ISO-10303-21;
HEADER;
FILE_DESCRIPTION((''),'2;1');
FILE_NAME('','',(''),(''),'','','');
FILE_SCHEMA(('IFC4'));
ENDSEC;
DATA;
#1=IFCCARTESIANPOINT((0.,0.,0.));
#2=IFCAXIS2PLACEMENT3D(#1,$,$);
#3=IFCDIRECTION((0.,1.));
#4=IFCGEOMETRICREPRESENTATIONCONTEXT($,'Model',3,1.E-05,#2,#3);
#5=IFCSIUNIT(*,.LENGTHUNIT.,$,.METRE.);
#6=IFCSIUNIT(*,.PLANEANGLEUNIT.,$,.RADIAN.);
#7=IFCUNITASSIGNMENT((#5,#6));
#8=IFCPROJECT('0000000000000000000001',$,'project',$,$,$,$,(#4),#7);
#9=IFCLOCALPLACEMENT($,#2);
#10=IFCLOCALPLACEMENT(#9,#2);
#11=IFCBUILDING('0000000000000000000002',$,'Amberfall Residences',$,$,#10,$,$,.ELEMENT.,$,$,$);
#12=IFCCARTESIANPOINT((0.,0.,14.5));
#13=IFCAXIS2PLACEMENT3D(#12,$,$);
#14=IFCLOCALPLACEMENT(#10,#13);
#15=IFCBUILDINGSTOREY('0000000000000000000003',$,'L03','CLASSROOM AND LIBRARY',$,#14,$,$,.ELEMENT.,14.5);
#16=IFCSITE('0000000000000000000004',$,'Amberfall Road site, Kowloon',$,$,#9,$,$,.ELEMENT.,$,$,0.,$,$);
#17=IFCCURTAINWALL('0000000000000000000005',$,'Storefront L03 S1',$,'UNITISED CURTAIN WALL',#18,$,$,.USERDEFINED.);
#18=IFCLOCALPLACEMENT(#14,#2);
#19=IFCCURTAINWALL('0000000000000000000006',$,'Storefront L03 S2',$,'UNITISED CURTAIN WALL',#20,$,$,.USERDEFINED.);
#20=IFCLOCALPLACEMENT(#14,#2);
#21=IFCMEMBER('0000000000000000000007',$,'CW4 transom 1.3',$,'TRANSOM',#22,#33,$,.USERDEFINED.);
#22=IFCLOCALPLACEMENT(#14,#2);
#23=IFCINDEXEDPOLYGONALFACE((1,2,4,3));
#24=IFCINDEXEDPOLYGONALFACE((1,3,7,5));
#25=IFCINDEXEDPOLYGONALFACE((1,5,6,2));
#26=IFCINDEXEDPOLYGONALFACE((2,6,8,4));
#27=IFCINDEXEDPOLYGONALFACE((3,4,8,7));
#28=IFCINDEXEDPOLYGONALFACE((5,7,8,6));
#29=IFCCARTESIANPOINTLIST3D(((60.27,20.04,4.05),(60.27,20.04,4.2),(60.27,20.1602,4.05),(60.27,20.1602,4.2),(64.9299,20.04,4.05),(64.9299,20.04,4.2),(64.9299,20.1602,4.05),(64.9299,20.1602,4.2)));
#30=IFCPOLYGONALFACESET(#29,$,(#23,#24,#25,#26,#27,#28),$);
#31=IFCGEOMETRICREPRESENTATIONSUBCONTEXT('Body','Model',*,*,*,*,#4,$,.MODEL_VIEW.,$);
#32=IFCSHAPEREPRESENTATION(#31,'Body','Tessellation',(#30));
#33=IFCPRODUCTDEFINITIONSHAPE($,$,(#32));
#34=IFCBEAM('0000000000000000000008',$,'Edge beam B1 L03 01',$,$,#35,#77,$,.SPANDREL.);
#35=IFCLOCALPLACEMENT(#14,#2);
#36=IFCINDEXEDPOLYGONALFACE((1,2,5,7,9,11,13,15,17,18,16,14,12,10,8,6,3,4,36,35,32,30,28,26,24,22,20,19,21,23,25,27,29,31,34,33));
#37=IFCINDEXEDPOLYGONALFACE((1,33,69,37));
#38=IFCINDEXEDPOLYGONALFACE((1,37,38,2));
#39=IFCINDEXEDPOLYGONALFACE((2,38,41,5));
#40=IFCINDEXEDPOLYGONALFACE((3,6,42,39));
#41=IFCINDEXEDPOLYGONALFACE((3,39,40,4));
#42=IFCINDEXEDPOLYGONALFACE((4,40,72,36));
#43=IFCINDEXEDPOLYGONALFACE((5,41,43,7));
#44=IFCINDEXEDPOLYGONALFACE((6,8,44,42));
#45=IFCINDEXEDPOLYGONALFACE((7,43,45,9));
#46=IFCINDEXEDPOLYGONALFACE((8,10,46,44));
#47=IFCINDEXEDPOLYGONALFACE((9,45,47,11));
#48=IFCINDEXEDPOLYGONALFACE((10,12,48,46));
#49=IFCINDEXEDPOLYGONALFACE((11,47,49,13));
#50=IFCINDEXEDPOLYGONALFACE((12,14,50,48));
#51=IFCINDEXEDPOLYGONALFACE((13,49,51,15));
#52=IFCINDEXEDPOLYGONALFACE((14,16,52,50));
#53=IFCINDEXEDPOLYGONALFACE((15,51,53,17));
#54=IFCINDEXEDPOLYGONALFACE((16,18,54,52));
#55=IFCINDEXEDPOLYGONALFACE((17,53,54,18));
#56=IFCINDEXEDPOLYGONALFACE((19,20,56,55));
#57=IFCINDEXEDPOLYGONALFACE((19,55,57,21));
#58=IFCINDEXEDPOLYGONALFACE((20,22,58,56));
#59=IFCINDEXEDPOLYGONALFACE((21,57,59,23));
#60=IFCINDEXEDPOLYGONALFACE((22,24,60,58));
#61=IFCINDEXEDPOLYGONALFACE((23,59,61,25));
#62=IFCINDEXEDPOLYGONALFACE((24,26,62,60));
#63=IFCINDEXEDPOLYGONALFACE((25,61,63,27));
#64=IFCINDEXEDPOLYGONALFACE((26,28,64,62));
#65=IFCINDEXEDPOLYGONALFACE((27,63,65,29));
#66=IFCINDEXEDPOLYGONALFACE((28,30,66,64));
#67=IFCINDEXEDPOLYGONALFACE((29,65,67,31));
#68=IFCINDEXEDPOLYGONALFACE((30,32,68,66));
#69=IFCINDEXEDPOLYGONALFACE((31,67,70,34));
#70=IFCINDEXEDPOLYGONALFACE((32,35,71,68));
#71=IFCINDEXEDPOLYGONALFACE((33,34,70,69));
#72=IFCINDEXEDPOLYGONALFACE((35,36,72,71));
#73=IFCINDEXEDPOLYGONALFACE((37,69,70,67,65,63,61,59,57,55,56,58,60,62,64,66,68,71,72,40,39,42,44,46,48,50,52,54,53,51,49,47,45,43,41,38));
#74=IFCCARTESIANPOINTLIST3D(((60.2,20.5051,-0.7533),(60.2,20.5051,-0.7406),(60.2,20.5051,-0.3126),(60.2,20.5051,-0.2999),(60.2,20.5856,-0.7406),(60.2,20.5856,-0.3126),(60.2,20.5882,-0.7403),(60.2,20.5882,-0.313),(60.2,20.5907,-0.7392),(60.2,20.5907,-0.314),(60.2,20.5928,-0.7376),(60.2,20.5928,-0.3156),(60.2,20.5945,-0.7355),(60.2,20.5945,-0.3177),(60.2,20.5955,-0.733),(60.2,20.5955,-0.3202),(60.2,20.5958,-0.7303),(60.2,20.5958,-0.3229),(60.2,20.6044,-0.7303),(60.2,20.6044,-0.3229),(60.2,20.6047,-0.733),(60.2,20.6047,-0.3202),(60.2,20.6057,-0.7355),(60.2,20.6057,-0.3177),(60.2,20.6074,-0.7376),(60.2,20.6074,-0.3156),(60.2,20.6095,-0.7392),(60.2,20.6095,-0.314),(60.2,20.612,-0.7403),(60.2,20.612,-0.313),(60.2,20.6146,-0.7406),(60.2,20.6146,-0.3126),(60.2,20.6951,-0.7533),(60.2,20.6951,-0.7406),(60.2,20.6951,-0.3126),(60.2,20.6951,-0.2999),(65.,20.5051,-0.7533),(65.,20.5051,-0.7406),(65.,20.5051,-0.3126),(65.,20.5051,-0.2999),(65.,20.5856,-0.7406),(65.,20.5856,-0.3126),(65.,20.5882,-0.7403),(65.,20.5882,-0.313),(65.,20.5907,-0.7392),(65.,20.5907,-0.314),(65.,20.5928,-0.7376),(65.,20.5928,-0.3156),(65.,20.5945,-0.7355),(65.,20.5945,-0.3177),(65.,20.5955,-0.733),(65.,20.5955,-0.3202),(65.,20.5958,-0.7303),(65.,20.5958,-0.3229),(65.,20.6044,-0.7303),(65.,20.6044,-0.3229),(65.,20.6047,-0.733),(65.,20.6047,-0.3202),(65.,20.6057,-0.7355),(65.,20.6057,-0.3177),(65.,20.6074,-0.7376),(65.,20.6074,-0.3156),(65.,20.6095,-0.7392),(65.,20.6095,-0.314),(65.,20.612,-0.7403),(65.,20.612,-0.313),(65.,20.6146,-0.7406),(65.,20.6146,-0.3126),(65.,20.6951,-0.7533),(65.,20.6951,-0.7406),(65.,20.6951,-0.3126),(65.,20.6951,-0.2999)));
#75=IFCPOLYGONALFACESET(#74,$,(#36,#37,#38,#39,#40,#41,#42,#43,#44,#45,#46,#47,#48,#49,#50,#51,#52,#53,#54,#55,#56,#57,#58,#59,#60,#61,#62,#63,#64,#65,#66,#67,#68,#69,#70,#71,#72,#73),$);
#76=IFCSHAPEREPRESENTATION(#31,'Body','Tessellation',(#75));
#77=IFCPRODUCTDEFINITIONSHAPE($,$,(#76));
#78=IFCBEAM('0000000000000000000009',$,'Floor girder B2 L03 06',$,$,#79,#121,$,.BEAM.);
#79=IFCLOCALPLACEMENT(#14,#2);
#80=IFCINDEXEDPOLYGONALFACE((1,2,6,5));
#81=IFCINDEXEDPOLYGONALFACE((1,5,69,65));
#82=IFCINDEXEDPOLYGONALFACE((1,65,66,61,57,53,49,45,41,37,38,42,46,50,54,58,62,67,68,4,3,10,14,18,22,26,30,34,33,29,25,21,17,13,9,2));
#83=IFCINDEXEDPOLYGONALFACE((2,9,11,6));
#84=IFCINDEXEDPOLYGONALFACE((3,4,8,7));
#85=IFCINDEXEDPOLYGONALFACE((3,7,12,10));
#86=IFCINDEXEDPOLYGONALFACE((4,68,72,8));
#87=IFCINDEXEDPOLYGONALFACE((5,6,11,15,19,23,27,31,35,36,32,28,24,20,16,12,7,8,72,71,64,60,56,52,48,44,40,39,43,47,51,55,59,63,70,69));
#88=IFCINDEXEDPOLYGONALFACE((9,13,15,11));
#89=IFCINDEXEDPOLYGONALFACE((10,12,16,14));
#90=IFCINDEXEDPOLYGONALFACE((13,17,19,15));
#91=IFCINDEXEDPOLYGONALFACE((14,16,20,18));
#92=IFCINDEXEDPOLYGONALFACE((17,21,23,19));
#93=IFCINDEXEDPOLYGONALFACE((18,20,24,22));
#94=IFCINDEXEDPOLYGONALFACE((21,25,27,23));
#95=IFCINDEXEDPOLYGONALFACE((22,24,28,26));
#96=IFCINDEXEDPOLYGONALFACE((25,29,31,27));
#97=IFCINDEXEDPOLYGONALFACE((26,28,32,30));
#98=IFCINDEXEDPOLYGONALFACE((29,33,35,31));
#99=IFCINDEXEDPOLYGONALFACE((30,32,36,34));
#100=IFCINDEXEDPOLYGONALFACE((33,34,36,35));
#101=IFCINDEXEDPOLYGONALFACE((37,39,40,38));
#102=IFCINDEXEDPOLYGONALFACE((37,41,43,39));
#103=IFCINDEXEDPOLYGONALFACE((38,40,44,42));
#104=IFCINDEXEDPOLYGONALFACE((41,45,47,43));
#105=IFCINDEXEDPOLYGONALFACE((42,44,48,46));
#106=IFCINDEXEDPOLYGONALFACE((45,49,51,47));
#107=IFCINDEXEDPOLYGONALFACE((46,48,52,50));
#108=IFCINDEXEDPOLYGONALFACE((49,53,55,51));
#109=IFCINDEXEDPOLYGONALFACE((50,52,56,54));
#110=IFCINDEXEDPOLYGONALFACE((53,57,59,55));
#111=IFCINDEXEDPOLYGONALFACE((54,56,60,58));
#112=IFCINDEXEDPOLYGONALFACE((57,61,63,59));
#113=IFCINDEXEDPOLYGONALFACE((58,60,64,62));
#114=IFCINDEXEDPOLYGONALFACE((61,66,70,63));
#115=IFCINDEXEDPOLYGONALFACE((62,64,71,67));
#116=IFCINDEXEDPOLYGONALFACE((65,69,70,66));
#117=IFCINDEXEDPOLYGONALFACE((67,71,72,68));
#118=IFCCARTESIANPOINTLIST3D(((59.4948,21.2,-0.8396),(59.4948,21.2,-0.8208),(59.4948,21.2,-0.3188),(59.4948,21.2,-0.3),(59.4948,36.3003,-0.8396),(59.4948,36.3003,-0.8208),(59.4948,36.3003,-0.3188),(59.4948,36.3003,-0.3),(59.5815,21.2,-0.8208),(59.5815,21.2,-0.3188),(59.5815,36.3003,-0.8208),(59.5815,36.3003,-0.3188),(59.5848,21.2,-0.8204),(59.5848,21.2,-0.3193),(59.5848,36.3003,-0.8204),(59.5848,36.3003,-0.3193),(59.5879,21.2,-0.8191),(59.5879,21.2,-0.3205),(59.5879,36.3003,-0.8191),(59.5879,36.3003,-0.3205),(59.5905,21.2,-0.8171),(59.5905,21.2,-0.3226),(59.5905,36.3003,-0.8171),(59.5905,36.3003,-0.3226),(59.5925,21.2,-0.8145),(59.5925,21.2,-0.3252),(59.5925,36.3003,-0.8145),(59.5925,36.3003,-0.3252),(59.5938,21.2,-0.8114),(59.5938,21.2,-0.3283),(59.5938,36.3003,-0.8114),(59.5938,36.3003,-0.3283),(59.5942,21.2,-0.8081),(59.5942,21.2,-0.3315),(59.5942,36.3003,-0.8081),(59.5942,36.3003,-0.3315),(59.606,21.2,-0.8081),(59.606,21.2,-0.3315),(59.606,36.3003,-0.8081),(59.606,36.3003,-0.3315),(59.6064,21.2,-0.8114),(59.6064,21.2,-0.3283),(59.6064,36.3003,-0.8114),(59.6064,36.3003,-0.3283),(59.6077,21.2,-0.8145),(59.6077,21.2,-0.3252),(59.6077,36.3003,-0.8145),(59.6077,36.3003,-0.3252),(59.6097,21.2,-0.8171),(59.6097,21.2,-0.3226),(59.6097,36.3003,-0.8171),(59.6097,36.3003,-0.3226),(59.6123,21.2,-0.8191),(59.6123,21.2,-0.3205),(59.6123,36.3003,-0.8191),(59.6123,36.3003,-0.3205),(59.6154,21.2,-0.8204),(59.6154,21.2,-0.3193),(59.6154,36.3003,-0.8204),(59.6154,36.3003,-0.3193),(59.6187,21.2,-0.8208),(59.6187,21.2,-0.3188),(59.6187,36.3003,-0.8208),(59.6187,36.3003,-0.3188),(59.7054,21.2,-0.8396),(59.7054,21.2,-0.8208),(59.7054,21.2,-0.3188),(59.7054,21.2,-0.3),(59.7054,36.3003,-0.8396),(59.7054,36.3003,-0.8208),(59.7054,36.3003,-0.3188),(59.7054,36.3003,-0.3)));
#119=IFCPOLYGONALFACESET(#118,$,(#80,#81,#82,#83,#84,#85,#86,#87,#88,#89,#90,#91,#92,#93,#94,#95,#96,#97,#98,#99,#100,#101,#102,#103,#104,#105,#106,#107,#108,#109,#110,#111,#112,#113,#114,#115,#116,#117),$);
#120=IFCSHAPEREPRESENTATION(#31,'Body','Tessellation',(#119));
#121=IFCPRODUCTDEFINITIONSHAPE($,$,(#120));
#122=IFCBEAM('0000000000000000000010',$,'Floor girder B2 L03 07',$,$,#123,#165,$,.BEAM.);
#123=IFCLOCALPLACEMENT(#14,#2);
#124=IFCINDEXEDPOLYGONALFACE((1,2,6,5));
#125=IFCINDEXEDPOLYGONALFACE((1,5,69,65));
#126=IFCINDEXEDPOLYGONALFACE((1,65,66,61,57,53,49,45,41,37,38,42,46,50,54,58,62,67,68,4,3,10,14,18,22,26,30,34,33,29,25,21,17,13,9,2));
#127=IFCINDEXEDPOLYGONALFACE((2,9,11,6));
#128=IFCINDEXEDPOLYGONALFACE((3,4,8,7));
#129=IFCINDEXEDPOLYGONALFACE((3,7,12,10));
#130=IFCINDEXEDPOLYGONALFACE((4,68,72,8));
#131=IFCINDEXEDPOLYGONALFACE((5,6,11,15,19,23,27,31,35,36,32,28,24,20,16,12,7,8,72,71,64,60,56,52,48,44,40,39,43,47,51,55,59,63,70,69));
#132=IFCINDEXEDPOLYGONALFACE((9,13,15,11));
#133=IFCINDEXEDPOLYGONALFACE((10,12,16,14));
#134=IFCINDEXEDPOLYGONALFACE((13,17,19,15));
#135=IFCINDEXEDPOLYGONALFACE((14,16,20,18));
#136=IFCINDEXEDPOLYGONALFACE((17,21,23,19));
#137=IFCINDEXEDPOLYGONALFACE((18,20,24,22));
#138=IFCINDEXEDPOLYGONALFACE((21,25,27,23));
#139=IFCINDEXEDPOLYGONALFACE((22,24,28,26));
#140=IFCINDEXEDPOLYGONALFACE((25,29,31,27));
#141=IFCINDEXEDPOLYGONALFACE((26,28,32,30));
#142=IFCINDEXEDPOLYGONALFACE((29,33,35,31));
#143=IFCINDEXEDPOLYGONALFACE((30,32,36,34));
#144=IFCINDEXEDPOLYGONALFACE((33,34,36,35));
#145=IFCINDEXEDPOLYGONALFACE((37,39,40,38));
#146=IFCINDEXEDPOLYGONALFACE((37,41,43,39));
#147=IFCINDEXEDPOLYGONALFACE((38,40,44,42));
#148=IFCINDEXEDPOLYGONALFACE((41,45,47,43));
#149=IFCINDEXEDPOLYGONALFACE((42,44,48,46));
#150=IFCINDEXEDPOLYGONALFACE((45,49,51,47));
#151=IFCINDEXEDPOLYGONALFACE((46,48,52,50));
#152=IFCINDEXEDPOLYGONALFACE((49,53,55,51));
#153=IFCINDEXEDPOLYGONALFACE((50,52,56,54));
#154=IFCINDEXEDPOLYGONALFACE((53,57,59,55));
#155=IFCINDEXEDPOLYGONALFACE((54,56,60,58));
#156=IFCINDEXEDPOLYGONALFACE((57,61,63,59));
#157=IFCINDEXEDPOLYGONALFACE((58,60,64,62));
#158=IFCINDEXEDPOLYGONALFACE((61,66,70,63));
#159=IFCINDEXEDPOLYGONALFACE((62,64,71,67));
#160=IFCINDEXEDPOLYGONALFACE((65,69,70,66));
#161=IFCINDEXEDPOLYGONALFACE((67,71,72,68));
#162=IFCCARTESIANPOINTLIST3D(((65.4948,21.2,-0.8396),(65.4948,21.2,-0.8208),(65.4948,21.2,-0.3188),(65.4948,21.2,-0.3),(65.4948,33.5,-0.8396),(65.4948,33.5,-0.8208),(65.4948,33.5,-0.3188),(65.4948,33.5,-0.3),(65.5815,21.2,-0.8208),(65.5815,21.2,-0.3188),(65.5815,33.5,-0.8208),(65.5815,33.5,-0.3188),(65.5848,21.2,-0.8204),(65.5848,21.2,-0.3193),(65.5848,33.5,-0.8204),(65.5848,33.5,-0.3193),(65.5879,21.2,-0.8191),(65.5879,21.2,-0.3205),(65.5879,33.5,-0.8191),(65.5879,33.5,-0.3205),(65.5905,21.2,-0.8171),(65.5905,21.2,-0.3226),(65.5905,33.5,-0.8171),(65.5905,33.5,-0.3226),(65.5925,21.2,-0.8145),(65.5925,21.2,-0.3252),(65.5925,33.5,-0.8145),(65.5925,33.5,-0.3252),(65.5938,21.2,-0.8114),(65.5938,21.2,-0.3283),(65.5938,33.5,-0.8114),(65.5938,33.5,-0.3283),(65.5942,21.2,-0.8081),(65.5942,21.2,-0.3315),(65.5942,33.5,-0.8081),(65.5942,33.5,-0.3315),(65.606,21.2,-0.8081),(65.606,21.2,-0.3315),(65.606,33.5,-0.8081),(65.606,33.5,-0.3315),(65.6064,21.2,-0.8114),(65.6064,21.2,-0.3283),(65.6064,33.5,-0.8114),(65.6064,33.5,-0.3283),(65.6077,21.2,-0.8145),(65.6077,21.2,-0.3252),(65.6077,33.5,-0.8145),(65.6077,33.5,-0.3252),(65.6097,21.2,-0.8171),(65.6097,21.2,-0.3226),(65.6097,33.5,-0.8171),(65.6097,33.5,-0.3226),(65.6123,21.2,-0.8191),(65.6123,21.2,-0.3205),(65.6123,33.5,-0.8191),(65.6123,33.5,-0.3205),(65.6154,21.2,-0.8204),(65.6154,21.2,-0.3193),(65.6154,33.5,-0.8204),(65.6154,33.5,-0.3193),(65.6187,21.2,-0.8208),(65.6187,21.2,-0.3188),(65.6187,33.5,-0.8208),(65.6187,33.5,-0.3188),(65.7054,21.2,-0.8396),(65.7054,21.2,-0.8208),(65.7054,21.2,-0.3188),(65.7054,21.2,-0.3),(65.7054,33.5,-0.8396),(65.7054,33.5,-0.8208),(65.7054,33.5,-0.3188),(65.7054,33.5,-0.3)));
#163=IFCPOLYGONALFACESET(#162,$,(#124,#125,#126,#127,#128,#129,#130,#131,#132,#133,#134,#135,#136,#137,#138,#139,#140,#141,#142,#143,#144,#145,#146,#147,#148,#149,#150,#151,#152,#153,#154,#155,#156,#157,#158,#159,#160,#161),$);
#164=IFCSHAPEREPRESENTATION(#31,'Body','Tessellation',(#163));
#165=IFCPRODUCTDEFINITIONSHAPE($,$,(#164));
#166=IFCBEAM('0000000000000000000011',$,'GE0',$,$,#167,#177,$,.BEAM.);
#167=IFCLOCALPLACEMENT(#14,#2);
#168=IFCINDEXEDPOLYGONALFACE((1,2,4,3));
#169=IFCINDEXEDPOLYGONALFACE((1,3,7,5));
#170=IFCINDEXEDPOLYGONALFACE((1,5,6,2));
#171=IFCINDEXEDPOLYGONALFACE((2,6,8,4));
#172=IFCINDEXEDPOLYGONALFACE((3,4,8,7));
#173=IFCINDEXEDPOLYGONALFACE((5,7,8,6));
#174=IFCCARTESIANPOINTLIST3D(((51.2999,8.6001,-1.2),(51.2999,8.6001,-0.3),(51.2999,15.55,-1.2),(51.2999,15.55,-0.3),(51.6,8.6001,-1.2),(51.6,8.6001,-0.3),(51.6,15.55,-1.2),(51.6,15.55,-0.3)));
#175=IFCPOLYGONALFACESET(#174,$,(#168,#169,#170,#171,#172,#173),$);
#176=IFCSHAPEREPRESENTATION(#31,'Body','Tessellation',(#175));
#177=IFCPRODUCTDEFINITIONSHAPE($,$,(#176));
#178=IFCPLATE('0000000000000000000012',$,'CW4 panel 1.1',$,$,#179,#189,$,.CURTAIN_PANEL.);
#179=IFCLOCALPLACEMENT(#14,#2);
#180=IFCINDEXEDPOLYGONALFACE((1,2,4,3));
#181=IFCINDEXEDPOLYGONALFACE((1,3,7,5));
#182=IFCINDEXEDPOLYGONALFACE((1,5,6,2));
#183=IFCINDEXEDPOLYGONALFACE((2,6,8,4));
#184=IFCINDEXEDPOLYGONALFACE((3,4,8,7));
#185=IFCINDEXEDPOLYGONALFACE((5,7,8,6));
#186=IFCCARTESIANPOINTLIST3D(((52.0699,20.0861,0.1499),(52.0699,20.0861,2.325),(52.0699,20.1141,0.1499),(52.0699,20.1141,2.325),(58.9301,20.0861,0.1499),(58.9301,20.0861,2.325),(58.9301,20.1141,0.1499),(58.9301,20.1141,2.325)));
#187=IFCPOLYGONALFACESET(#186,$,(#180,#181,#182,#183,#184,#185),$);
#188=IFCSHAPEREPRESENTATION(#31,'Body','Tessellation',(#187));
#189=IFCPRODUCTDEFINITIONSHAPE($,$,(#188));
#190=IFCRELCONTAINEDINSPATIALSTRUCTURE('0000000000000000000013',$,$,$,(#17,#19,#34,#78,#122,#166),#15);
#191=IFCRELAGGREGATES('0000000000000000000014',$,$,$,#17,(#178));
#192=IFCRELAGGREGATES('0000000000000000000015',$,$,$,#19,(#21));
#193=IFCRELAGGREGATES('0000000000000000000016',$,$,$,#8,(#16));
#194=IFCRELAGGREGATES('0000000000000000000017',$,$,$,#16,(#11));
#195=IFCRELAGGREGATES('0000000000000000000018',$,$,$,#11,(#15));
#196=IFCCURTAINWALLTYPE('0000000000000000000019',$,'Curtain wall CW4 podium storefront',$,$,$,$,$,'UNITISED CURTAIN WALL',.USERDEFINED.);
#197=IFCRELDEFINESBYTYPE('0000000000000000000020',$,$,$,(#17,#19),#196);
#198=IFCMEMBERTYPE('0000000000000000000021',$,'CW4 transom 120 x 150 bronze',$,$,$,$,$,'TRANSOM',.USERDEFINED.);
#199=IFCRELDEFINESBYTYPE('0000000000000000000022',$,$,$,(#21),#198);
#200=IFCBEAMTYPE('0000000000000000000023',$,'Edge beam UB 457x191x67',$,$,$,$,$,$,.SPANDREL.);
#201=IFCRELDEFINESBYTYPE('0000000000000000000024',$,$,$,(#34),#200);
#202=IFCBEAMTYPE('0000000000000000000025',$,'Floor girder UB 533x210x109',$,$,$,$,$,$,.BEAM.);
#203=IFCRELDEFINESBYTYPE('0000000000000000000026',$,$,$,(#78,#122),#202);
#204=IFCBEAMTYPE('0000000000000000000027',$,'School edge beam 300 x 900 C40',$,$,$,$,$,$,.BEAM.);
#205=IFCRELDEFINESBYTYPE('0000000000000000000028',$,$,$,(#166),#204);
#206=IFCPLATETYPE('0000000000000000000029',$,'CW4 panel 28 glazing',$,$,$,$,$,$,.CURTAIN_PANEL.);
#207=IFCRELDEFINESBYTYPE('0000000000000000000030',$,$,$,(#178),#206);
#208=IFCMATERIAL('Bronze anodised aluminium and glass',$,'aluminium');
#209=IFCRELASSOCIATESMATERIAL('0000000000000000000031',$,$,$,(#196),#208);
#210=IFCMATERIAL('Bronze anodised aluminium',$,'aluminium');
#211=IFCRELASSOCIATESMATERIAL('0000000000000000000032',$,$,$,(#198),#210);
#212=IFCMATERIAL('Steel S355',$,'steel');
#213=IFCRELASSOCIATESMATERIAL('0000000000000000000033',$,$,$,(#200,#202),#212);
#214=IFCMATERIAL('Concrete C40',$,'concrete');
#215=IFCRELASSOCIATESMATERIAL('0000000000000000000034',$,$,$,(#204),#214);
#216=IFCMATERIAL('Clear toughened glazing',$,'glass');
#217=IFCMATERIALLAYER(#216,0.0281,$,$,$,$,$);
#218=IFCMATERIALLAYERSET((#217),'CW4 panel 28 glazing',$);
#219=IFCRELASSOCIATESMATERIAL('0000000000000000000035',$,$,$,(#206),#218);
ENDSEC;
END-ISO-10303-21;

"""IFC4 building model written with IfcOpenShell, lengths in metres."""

from ifc_helpers import new_model, si_unit, direction, frame, origin, origin_2d, place, context, subcontext, project, spatial, rectangle, i_section, extrude, material, layer, layer_set, material_profile, profile_set, type_object, element, aggregate, save


model = new_model("IFC4")

# Units and contexts
model_context = context("Model", 3, precision=1e-05, world=origin(), true_north=direction((0.0, 1.0)))
body_context = subcontext(model_context, "Body", "Model", "MODEL_VIEW")
ifc_project = project(units=[si_unit("LENGTHUNIT", "METRE"), si_unit("PLANEANGLEUNIT", "RADIAN")], contexts=[model_context])

# Site, building, storey
site_placement = place(None, origin())
site = spatial("IfcSite", under=ifc_project, at=site_placement, Name="Amberfall Road site, Kowloon", CompositionType="ELEMENT", RefElevation=0.0)
building_placement = place(site_placement, origin())
building = spatial("IfcBuilding", under=site, at=building_placement, Name="Amberfall Residences", CompositionType="ELEMENT")
storey_placement = place(building_placement, frame((0.0, 0.0, 14.5)))
storey = spatial("IfcBuildingStorey", under=building, at=storey_placement, Name="L03", Description="CLASSROOM AND LIBRARY", CompositionType="ELEMENT", Elevation=14.5)

# Shared definitions
ifc_material_1 = material(Name="Concrete C40", Category="concrete")

# Curtain walls
ifc_material_2 = material(Name="Bronze anodised aluminium and glass", Category="aluminium")
curtain_wall_type = type_object("IfcCurtainWallType", Name="Curtain wall CW4 podium storefront", ElementType="UNITISED CURTAIN WALL", PredefinedType="USERDEFINED", material=ifc_material_2)
curtain_wall_1_placement = place(storey_placement, origin())
curtain_wall_1 = element("IfcCurtainWall", 1, at=curtain_wall_1_placement, inside=storey, type_object=curtain_wall_type, Name="Storefront L03 S1", ObjectType="UNITISED CURTAIN WALL", PredefinedType="USERDEFINED")
ifc_material_3 = material(Name="Bronze anodised aluminium", Category="aluminium")
curtain_wall_2_placement = place(storey_placement, origin())
curtain_wall_2 = element("IfcCurtainWall", 2, at=curtain_wall_2_placement, inside=storey, type_object=curtain_wall_type, Name="Storefront L03 S2", ObjectType="UNITISED CURTAIN WALL", PredefinedType="USERDEFINED")

# Member
ifc_material_profile_1 = material_profile(ifc_material_3, rectangle(XDim=0.1201, YDim=0.1499, at=origin_2d()), Name="CW4 transom 120 x 150 bronze")
ifc_profile_set_1 = profile_set([ifc_material_profile_1], Name="Bronze anodised aluminium")
member_type_1 = type_object("IfcMemberType", Name="CW4 transom 120 x 150 bronze", ElementType="TRANSOM", PredefinedType="USERDEFINED", material=ifc_profile_set_1)
member_1_placement = place(storey_placement, frame((60.27, 20.1001, 4.125), z_axis=(1.0, 0.0, 0.0), x_axis=(0.0, 1.0, 0.0)))
member_1 = element("IfcMember", 3, at=member_1_placement, type_object=member_type_1, Name="CW4 transom 1.3", ObjectType="TRANSOM", PredefinedType="USERDEFINED", context=body_context, shape_type="SweptSolid", body=[
    extrude(rectangle(XDim=0.1201, YDim=0.1499, at=origin_2d()), origin(), (0.0, 0.0, 1.0), 4.6599),
])

# Beams
ifc_material_4 = material(Name="Steel S355", Category="steel")
ifc_material_profile_2 = material_profile(ifc_material_4, i_section(OverallWidth=0.1899, OverallDepth=0.4534, WebThickness=0.0085, FlangeThickness=0.0127, FilletRadius=0.0103, at=origin_2d()), Name="UB 457x191x67")
ifc_profile_set_2 = profile_set([ifc_material_profile_2], Name="Steel S355")
beam_type_1 = type_object("IfcBeamType", Name="Edge beam UB 457x191x67", PredefinedType="SPANDREL", material=ifc_profile_set_2)
beam_1_placement = place(storey_placement, frame((60.2, 20.6001, -0.5266), z_axis=(1.0, 0.0, 0.0), x_axis=(0.0, 1.0, 0.0)))
element("IfcBeam", 4, at=beam_1_placement, inside=storey, type_object=beam_type_1, Name="Edge beam B1 L03 01", PredefinedType="SPANDREL", context=body_context, shape_type="SweptSolid", body=[
    extrude(i_section(OverallWidth=0.1899, OverallDepth=0.4534, WebThickness=0.0085, FlangeThickness=0.0127, FilletRadius=0.0103, at=origin_2d()), origin(), (0.0, 0.0, 1.0), 4.8),
])
ifc_material_profile_3 = material_profile(ifc_material_4, i_section(OverallWidth=0.2107, OverallDepth=0.5396, WebThickness=0.0117, FlangeThickness=0.0188, FilletRadius=0.0127, at=origin_2d()), Name="UB 533x210x109")
ifc_profile_set_3 = profile_set([ifc_material_profile_3], Name="Steel S355")
beam_type_2 = type_object("IfcBeamType", Name="Floor girder UB 533x210x109", PredefinedType="BEAM", material=ifc_profile_set_3)
beam_2_placement = place(storey_placement, frame((59.6001, 21.2, -0.5698), z_axis=(0.0, 1.0, 0.0), x_axis=(-1.0, 0.0, 0.0)))
element("IfcBeam", 5, at=beam_2_placement, inside=storey, type_object=beam_type_2, Name="Floor girder B2 L03 06", PredefinedType="BEAM", context=body_context, shape_type="SweptSolid", body=[
    extrude(i_section(OverallWidth=0.2107, OverallDepth=0.5396, WebThickness=0.0117, FlangeThickness=0.0188, FilletRadius=0.0127, at=origin_2d()), origin(), (0.0, 0.0, 1.0), 15.1003),
])
beam_3_placement = place(storey_placement, frame((65.6001, 21.2, -0.5698), z_axis=(0.0, 1.0, 0.0), x_axis=(-1.0, 0.0, 0.0)))
element("IfcBeam", 6, at=beam_3_placement, inside=storey, type_object=beam_type_2, Name="Floor girder B2 L03 07", PredefinedType="BEAM", context=body_context, shape_type="SweptSolid", body=[
    extrude(i_section(OverallWidth=0.2107, OverallDepth=0.5396, WebThickness=0.0117, FlangeThickness=0.0188, FilletRadius=0.0127, at=origin_2d()), origin(), (0.0, 0.0, 1.0), 12.3),
])
ifc_material_profile_4 = material_profile(ifc_material_1, rectangle(XDim=0.3, YDim=0.8999, at=origin_2d()), Name="School edge beam 300 x 900 C40")
ifc_profile_set_4 = profile_set([ifc_material_profile_4], Name="Concrete C40")
beam_type_3 = type_object("IfcBeamType", Name="School edge beam 300 x 900 C40", PredefinedType="BEAM", material=ifc_profile_set_4)
beam_4_placement = place(storey_placement, frame((51.45, 8.6001, -0.75), z_axis=(0.0, 1.0, 0.0), x_axis=(-1.0, 0.0, 0.0)))
element("IfcBeam", 7, at=beam_4_placement, inside=storey, type_object=beam_type_3, Name="GE0", PredefinedType="BEAM", context=body_context, shape_type="SweptSolid", body=[
    extrude(rectangle(XDim=0.3, YDim=0.8999, at=origin_2d()), origin(), (0.0, 0.0, 1.0), 6.95),
])

# Plate
ifc_material_5 = material(Name="Clear toughened glazing", Category="glass")
ifc_layer_1 = layer(ifc_material_5, 0.0281)
ifc_layer_set_1 = layer_set([ifc_layer_1], Name="CW4 panel 28 glazing")
plate_type = type_object("IfcPlateType", Name="CW4 panel 28 glazing", PredefinedType="CURTAIN_PANEL", material=ifc_layer_set_1)
plate_1_placement = place(storey_placement, frame((55.5, 20.1001, 0.1499), z_axis=(0.0, 0.0, 1.0), x_axis=(1.0, 0.0, 0.0)))
plate_1 = element("IfcPlate", 8, at=plate_1_placement, type_object=plate_type, Name="CW4 panel 1.1", PredefinedType="CURTAIN_PANEL", context=body_context, shape_type="SweptSolid", body=[
    extrude(rectangle(XDim=6.8601, YDim=0.0281, at=origin_2d()), origin(), (0.0, 0.0, 1.0), 2.175),
])
aggregate(curtain_wall_1, [plate_1])
aggregate(curtain_wall_2, [member_1])

save(model, "model.ifc")
